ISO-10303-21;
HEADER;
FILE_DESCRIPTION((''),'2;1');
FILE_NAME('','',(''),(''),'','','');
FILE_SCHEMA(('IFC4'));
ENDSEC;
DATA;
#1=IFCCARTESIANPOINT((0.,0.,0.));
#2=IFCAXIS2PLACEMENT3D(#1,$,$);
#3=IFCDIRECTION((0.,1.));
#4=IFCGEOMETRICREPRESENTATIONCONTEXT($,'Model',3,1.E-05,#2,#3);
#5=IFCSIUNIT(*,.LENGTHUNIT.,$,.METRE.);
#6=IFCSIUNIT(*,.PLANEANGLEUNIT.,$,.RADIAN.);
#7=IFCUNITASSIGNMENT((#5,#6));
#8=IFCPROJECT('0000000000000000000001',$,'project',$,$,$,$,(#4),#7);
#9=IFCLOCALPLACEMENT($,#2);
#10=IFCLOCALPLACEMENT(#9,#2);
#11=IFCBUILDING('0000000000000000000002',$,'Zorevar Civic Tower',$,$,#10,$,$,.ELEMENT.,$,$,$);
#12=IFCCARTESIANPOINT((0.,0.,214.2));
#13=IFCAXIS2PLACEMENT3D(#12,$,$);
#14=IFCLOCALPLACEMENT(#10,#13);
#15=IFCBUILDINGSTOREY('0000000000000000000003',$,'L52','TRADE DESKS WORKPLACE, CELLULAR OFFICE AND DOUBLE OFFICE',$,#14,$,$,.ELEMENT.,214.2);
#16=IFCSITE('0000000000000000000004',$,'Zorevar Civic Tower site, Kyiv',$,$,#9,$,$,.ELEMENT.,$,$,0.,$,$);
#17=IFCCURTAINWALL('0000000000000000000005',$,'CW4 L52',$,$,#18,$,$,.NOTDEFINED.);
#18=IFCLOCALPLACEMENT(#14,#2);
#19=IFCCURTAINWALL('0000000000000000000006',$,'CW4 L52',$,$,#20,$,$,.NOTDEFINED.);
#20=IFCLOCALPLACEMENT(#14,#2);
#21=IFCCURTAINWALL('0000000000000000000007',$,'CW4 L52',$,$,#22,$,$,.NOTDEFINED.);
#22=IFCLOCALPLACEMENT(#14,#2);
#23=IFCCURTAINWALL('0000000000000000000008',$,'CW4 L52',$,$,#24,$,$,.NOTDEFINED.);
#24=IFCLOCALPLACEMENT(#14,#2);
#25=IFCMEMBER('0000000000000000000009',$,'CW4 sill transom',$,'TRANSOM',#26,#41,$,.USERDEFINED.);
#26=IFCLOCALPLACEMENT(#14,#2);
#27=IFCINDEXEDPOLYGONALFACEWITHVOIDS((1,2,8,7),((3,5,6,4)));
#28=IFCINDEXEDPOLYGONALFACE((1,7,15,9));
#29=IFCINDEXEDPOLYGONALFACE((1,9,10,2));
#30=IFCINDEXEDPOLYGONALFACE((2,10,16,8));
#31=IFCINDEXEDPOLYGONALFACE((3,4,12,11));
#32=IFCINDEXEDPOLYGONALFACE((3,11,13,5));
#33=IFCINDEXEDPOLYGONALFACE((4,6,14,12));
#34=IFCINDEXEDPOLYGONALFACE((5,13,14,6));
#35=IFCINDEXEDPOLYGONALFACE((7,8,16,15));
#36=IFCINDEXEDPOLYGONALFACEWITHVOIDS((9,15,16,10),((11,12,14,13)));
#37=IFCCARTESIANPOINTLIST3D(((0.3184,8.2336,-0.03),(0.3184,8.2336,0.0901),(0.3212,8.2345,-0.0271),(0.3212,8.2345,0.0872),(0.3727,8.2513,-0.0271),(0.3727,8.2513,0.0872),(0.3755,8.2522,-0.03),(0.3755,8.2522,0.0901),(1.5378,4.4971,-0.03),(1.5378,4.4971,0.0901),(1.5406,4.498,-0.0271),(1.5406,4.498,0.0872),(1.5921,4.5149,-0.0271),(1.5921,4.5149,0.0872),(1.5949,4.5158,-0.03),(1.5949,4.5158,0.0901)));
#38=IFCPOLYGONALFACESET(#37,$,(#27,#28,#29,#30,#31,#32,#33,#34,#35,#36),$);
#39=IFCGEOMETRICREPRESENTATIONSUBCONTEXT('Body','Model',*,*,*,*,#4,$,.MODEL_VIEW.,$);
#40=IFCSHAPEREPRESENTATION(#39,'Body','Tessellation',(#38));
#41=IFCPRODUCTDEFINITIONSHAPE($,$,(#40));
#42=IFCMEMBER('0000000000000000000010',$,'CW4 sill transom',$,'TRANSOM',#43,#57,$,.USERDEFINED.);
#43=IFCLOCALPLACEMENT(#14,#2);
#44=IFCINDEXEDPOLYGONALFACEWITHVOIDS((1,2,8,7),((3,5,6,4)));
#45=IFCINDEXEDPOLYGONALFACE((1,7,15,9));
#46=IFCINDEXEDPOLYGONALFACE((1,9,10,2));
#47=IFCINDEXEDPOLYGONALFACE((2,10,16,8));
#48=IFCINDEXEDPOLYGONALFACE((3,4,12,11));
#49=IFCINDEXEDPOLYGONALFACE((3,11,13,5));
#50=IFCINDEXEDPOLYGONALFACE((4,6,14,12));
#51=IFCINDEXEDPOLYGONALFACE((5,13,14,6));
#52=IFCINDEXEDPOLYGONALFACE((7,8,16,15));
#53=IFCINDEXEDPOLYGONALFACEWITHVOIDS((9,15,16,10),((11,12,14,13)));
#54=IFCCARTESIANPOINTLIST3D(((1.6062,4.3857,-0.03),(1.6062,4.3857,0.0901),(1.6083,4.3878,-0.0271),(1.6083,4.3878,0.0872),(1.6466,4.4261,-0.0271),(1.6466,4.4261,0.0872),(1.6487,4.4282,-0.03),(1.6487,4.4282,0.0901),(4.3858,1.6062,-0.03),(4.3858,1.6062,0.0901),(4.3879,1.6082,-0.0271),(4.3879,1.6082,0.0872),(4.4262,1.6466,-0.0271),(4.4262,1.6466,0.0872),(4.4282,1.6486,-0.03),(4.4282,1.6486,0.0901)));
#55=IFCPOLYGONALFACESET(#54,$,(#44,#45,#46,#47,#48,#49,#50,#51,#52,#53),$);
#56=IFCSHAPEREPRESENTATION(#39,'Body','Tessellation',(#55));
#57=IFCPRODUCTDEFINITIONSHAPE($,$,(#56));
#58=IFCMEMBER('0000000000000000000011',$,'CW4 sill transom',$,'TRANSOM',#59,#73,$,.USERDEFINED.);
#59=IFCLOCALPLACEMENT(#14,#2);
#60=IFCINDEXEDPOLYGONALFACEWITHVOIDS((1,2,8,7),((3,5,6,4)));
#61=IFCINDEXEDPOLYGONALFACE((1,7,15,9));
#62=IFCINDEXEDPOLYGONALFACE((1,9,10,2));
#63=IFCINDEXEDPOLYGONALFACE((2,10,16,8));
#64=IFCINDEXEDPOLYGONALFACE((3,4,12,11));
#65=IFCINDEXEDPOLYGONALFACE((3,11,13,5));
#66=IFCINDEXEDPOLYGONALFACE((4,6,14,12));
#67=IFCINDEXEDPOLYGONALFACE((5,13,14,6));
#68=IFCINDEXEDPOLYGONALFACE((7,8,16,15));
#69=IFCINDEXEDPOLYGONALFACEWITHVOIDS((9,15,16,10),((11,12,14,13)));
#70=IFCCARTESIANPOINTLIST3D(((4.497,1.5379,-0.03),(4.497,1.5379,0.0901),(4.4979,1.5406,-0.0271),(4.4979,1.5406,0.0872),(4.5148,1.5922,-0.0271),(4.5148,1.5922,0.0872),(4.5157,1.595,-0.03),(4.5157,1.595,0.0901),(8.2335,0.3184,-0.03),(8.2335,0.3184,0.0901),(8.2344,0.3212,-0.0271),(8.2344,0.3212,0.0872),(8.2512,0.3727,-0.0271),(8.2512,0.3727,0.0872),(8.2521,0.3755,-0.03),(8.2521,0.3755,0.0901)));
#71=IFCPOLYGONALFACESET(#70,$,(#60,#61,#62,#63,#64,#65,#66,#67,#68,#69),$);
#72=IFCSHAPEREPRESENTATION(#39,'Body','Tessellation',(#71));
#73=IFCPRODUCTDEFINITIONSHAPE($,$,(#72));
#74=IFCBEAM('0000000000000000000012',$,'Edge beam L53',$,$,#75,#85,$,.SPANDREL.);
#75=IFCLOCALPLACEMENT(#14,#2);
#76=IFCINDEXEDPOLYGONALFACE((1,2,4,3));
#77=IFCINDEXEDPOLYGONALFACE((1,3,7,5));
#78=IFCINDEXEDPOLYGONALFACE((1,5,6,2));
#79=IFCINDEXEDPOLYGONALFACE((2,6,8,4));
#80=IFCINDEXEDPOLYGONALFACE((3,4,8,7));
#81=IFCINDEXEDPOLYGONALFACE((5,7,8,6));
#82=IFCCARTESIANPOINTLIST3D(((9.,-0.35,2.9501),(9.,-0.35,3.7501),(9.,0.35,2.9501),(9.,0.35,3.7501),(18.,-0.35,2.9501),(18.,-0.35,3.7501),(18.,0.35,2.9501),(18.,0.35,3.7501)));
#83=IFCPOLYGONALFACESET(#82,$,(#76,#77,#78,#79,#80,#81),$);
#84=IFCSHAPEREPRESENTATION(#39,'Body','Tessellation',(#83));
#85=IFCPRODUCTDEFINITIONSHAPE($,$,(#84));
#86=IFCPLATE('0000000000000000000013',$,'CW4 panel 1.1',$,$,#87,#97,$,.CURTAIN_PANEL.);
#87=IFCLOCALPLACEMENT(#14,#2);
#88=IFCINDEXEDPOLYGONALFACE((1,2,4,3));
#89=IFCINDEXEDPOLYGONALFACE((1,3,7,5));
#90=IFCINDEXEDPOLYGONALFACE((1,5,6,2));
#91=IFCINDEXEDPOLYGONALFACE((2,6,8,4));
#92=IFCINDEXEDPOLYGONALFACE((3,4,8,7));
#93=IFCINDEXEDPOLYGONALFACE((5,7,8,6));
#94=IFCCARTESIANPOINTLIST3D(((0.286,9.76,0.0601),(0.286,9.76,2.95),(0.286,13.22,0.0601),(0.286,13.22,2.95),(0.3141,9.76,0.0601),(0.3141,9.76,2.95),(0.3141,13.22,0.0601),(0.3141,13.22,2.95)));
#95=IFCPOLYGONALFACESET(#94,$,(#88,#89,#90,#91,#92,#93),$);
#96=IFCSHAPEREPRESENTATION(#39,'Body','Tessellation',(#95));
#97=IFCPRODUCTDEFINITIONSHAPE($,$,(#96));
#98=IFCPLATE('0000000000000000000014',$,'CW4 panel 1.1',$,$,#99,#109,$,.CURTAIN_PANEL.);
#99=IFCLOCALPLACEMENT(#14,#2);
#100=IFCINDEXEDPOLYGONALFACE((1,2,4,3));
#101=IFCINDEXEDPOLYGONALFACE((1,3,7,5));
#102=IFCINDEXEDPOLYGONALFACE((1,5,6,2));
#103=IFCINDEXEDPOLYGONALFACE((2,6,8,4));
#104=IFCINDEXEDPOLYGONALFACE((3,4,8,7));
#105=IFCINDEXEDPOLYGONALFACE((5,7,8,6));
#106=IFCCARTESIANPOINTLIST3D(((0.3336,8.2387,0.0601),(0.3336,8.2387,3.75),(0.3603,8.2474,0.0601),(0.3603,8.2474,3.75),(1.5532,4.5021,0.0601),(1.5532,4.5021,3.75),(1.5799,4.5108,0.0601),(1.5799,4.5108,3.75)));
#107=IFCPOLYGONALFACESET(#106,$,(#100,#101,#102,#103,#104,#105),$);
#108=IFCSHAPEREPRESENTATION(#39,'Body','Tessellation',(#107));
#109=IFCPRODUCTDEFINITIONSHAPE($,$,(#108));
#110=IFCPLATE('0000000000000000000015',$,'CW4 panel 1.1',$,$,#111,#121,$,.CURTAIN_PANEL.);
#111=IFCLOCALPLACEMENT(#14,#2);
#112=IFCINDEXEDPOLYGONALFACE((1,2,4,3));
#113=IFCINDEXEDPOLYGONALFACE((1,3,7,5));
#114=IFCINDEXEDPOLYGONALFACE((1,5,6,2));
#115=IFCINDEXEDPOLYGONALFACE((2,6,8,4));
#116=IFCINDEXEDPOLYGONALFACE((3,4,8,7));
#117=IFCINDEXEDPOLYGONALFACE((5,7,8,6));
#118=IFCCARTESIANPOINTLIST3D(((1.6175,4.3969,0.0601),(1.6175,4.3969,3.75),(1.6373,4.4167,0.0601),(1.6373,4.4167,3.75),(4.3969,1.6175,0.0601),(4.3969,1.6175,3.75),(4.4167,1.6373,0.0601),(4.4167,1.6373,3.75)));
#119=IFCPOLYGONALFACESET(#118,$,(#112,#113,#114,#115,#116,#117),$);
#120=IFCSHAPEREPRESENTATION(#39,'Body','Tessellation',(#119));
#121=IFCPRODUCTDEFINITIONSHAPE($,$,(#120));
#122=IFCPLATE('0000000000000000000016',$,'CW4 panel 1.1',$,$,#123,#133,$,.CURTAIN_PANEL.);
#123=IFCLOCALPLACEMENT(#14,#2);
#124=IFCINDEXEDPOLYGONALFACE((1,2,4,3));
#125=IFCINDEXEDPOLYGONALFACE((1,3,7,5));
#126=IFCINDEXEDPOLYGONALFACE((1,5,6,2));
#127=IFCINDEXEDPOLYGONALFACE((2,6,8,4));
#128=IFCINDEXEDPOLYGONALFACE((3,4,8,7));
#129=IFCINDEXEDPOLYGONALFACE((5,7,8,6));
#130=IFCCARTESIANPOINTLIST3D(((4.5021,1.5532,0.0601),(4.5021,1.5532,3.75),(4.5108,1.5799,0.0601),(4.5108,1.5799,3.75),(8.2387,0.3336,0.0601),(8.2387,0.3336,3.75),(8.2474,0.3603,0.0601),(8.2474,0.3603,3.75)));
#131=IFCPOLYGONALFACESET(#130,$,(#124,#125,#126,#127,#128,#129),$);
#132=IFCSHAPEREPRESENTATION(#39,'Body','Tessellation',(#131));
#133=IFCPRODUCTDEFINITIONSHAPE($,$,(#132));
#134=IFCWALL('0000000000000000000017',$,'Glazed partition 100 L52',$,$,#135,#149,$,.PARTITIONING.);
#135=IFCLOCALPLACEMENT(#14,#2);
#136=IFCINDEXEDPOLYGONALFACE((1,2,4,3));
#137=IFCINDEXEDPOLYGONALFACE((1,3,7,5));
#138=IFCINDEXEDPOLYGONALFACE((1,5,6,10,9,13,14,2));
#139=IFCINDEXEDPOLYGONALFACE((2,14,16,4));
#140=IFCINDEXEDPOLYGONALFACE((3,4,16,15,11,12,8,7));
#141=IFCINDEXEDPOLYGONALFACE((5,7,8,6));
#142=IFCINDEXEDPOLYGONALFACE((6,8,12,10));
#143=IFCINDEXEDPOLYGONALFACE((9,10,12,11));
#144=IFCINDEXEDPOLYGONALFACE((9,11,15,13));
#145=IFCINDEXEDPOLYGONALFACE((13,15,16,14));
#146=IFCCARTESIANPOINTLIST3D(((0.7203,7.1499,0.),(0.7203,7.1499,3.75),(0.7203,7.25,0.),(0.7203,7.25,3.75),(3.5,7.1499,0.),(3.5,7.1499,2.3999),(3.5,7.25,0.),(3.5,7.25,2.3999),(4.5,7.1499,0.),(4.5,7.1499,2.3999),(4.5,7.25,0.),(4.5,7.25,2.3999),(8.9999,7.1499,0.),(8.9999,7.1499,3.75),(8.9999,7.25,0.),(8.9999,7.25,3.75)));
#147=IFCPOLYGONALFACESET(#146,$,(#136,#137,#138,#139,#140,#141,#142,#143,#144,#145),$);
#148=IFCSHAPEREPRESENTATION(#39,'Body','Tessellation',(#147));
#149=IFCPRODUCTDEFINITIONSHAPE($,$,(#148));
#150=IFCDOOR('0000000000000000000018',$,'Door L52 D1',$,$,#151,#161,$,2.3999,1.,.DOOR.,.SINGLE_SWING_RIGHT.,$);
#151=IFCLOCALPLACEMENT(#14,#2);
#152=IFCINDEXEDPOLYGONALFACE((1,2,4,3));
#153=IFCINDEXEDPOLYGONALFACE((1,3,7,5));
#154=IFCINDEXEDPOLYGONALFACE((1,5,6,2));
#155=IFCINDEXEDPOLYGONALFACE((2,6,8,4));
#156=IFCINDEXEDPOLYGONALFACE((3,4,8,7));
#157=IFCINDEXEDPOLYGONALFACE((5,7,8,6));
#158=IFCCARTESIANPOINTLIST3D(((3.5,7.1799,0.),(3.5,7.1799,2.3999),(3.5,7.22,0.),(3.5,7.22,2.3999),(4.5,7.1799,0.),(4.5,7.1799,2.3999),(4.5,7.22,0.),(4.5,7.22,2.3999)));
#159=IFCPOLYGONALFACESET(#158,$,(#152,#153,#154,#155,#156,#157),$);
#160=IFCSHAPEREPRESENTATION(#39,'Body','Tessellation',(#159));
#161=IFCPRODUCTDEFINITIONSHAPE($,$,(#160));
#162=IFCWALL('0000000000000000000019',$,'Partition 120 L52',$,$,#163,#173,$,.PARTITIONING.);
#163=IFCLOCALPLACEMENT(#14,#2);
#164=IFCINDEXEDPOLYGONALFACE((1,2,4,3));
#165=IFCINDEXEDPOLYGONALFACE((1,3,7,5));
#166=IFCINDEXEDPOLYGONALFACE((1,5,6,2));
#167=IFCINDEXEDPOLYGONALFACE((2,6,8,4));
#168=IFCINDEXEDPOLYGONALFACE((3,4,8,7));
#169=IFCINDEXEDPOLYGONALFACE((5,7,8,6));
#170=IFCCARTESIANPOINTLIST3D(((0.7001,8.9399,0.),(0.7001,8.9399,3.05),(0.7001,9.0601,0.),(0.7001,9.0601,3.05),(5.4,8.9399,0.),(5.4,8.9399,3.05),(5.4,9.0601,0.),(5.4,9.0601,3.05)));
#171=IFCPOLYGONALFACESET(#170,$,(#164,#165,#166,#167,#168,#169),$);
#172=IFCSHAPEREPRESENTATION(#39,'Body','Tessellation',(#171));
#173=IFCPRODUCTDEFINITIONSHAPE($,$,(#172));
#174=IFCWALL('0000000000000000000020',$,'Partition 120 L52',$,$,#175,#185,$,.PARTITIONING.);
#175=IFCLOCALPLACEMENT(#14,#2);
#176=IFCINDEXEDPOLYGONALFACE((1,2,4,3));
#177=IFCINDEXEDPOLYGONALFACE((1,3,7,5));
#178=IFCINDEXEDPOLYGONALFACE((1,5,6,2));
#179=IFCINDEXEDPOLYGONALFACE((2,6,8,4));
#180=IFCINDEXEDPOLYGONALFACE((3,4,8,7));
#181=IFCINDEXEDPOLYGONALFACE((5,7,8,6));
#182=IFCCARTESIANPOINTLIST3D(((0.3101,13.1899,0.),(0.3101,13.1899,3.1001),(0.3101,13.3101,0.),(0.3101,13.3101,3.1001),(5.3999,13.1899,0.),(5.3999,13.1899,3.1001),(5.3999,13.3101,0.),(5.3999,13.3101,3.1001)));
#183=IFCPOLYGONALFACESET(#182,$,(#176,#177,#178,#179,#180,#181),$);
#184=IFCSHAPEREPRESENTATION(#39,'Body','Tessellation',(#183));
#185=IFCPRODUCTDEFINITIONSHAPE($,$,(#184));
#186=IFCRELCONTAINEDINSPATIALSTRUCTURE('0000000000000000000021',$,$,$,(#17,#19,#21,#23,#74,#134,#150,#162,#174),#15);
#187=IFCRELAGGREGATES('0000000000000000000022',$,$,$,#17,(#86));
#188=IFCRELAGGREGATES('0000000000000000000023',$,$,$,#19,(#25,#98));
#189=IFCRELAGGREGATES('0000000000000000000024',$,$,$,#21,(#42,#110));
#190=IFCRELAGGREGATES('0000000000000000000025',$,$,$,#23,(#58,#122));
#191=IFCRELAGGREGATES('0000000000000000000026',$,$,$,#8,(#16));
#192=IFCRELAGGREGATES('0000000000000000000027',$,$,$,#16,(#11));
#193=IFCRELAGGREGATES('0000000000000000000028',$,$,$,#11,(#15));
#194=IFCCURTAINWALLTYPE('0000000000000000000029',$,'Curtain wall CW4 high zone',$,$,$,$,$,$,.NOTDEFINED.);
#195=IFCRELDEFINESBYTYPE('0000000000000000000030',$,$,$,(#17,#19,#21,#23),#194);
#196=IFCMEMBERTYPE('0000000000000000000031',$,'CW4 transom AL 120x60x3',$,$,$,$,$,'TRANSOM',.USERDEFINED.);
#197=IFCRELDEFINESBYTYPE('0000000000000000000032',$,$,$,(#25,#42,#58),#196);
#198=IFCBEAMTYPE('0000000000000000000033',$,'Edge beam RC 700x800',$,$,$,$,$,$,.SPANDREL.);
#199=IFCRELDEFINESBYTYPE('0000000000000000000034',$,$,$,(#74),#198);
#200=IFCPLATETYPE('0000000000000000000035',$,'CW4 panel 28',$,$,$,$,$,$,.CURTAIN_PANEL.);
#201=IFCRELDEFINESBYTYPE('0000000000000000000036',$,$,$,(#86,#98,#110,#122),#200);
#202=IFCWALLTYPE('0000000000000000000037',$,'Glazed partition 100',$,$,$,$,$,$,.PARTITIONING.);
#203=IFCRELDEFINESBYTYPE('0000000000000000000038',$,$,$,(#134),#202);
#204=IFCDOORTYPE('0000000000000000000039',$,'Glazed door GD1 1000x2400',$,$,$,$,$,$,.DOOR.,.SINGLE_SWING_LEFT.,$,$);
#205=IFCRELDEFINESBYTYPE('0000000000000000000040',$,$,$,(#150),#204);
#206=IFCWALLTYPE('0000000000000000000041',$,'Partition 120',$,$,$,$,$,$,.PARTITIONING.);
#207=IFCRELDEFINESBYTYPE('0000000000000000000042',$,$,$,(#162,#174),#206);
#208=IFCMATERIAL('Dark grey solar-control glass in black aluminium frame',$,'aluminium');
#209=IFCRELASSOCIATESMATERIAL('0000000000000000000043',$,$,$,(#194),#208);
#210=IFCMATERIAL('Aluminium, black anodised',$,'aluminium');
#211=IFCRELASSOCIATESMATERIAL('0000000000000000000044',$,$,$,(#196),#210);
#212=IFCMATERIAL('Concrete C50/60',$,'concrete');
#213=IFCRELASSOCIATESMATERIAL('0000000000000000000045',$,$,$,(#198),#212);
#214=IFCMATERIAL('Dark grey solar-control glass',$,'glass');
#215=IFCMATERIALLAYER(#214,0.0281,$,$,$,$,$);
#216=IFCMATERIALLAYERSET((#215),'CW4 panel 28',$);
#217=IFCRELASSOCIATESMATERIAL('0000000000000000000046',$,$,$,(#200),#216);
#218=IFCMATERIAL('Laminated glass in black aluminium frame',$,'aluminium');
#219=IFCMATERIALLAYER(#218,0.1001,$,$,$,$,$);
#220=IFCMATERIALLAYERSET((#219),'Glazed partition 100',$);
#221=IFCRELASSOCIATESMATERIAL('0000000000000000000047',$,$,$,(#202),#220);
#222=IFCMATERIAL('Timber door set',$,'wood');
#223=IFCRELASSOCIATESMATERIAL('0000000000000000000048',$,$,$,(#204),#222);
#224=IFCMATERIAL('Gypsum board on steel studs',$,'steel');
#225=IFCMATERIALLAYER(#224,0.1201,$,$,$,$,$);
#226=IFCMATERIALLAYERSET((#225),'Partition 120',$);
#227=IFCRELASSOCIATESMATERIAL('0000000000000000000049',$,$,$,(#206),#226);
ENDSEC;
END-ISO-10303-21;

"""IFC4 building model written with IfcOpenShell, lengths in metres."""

from ifc_helpers import new_model, si_unit, direction, frame, frame_2d, origin, origin_2d, place, context, subcontext, project, spatial, rectangle, hollow_rectangle, extrude, material, layer, layer_set, material_profile, profile_set, type_object, element, fill, aggregate, save


model = new_model("IFC4")

# Units and contexts
model_context = context("Model", 3, precision=1e-05, world=origin(), true_north=direction((0.0, 1.0)))
body_context = subcontext(model_context, "Body", "Model", "MODEL_VIEW")
ifc_project = project(units=[si_unit("LENGTHUNIT", "METRE"), si_unit("PLANEANGLEUNIT", "RADIAN")], contexts=[model_context])

# Site, building, storey
site_placement = place(None, origin())
site = spatial("IfcSite", under=ifc_project, at=site_placement, Name="Zorevar Civic Tower site, Kyiv", CompositionType="ELEMENT", RefElevation=0.0)
building_placement = place(site_placement, origin())
building = spatial("IfcBuilding", under=site, at=building_placement, Name="Zorevar Civic Tower", CompositionType="ELEMENT")
storey_placement = place(building_placement, frame((0.0, 0.0, 214.2)))
storey = spatial("IfcBuildingStorey", under=building, at=storey_placement, Name="L52", Description="TRADE DESKS WORKPLACE, CELLULAR OFFICE AND DOUBLE OFFICE", CompositionType="ELEMENT", Elevation=214.2)

# Curtain walls
ifc_material_1 = material(Name="Dark grey solar-control glass in black aluminium frame", Category="aluminium")
curtain_wall_type = type_object("IfcCurtainWallType", Name="Curtain wall CW4 high zone", PredefinedType="NOTDEFINED", material=ifc_material_1)
curtain_wall_1_placement = place(storey_placement, origin())
curtain_wall_1 = element("IfcCurtainWall", 1, at=curtain_wall_1_placement, inside=storey, type_object=curtain_wall_type, Name="CW4 L52", PredefinedType="NOTDEFINED")
curtain_wall_2_placement = place(storey_placement, origin())
curtain_wall_2 = element("IfcCurtainWall", 2, at=curtain_wall_2_placement, inside=storey, type_object=curtain_wall_type, Name="CW4 L52", PredefinedType="NOTDEFINED")
curtain_wall_3_placement = place(storey_placement, origin())
curtain_wall_3 = element("IfcCurtainWall", 3, at=curtain_wall_3_placement, inside=storey, type_object=curtain_wall_type, Name="CW4 L52", PredefinedType="NOTDEFINED")
curtain_wall_4_placement = place(storey_placement, origin())
curtain_wall_4 = element("IfcCurtainWall", 4, at=curtain_wall_4_placement, inside=storey, type_object=curtain_wall_type, Name="CW4 L52", PredefinedType="NOTDEFINED")

# Members
ifc_material_2 = material(Name="Aluminium, black anodised", Category="aluminium")
ifc_material_profile_1 = material_profile(ifc_material_2, hollow_rectangle(XDim=0.0601, YDim=0.1201, WallThickness=0.0029, at=origin_2d()), Name="AL 120x60x3")
ifc_profile_set_1 = profile_set([ifc_material_profile_1], Name="Aluminium, black anodised")
member_type_1 = type_object("IfcMemberType", Name="CW4 transom AL 120x60x3", ElementType="TRANSOM", PredefinedType="USERDEFINED", material=ifc_profile_set_1)
member_1_placement = place(storey_placement, frame((0.3469, 8.2429, 0.03), z_axis=(0.310259, -0.950652, 0.0), x_axis=(0.950652, 0.310259, 0.0)))
member_1 = element("IfcMember", 5, at=member_1_placement, type_object=member_type_1, Name="CW4 sill transom", ObjectType="TRANSOM", PredefinedType="USERDEFINED", context=body_context, shape_type="SweptSolid", body=[
    extrude(hollow_rectangle(XDim=0.0601, YDim=0.1201, WallThickness=0.0029, at=origin_2d()), origin(), (0.0, 0.0, 1.0), 3.9304),
])
member_2_placement = place(storey_placement, frame((1.6274, 4.407, 0.03), z_axis=(0.707107, -0.707107, 0.0), x_axis=(0.707107, 0.707107, 0.0)))
member_2 = element("IfcMember", 6, at=member_2_placement, type_object=member_type_1, Name="CW4 sill transom", ObjectType="TRANSOM", PredefinedType="USERDEFINED", context=body_context, shape_type="SweptSolid", body=[
    extrude(hollow_rectangle(XDim=0.0601, YDim=0.1201, WallThickness=0.0029, at=origin_2d()), origin(), (0.0, 0.0, 1.0), 3.9309),
])
member_3_placement = place(storey_placement, frame((4.5063, 1.5664, 0.03), z_axis=(0.950652, -0.310259, 0.0), x_axis=(0.310259, 0.950652, 0.0)))
member_3 = element("IfcMember", 7, at=member_3_placement, type_object=member_type_1, Name="CW4 sill transom", ObjectType="TRANSOM", PredefinedType="USERDEFINED", context=body_context, shape_type="SweptSolid", body=[
    extrude(hollow_rectangle(XDim=0.0601, YDim=0.1201, WallThickness=0.0029, at=origin_2d()), origin(), (0.0, 0.0, 1.0), 3.9304),
])

# Beam
ifc_material_3 = material(Name="Concrete C50/60", Category="concrete")
ifc_material_profile_2 = material_profile(ifc_material_3, rectangle(XDim=0.7, YDim=0.8, at=origin_2d()), Name="RC 700x800")
ifc_profile_set_2 = profile_set([ifc_material_profile_2], Name="Concrete C50/60")
beam_type_1 = type_object("IfcBeamType", Name="Edge beam RC 700x800", PredefinedType="SPANDREL", material=ifc_profile_set_2)
beam_1_placement = place(storey_placement, frame((9.0, 0.0, 3.3501), z_axis=(1.0, 0.0, 0.0), x_axis=(0.0, 1.0, 0.0)))
element("IfcBeam", 8, at=beam_1_placement, inside=storey, type_object=beam_type_1, Name="Edge beam L53", PredefinedType="SPANDREL", context=body_context, shape_type="SweptSolid", body=[
    extrude(rectangle(XDim=0.7, YDim=0.8, at=origin_2d()), origin(), (0.0, 0.0, 1.0), 9.0),
])

# Plates
ifc_material_4 = material(Name="Dark grey solar-control glass", Category="glass")
ifc_layer_1 = layer(ifc_material_4, 0.0281)
ifc_layer_set_1 = layer_set([ifc_layer_1], Name="CW4 panel 28")
plate_type = type_object("IfcPlateType", Name="CW4 panel 28", PredefinedType="CURTAIN_PANEL", material=ifc_layer_set_1)
plate_1_placement = place(storey_placement, frame((0.3, 11.49, 0.0601), z_axis=(0.0, 0.0, 1.0), x_axis=(0.0, 1.0, 0.0)))
plate_1 = element("IfcPlate", 9, at=plate_1_placement, type_object=plate_type, Name="CW4 panel 1.1", PredefinedType="CURTAIN_PANEL", context=body_context, shape_type="SweptSolid", body=[
    extrude(rectangle(XDim=3.46, YDim=0.0281, at=origin_2d()), origin(), (0.0, 0.0, 1.0), 2.8899),
])
aggregate(curtain_wall_1, [plate_1])
plate_2_placement = place(storey_placement, frame((0.9568, 6.3748, 0.0601), z_axis=(0.0, 0.0, 1.0), x_axis=(0.310281, -0.950645, 0.0)))
plate_2 = element("IfcPlate", 10, at=plate_2_placement, type_object=plate_type, Name="CW4 panel 1.1", PredefinedType="CURTAIN_PANEL", context=body_context, shape_type="SweptSolid", body=[
    extrude(rectangle(XDim=3.9307, YDim=0.0281, at=origin_2d()), origin(), (0.0, 0.0, 1.0), 3.6899),
])
aggregate(curtain_wall_2, [member_1, plate_2])
plate_3_placement = place(storey_placement, frame((3.0171, 3.0171, 0.0601), z_axis=(0.0, 0.0, 1.0), x_axis=(0.707107, -0.707107, 0.0)))
plate_3 = element("IfcPlate", 11, at=plate_3_placement, type_object=plate_type, Name="CW4 panel 1.1", PredefinedType="CURTAIN_PANEL", context=body_context, shape_type="SweptSolid", body=[
    extrude(rectangle(XDim=3.9307, YDim=0.0281, at=origin_2d()), origin(), (0.0, 0.0, 1.0), 3.6899),
])
aggregate(curtain_wall_3, [member_2, plate_3])
plate_4_placement = place(storey_placement, frame((6.3748, 0.9568, 0.0601), z_axis=(0.0, 0.0, 1.0), x_axis=(0.950645, -0.310281, 0.0)))
plate_4 = element("IfcPlate", 12, at=plate_4_placement, type_object=plate_type, Name="CW4 panel 1.1", PredefinedType="CURTAIN_PANEL", context=body_context, shape_type="SweptSolid", body=[
    extrude(rectangle(XDim=3.9307, YDim=0.0281, at=origin_2d()), origin(), (0.0, 0.0, 1.0), 3.6899),
])
aggregate(curtain_wall_4, [member_3, plate_4])

# Wall, opening, door
ifc_material_5 = material(Name="Laminated glass in black aluminium frame", Category="aluminium")
ifc_layer_2 = layer(ifc_material_5, 0.1001)
ifc_layer_set_2 = layer_set([ifc_layer_2], Name="Glazed partition 100")
wall_type_1 = type_object("IfcWallType", Name="Glazed partition 100", PredefinedType="PARTITIONING", material=ifc_layer_set_2)
wall_1_placement = place(storey_placement, frame((0.7205, 7.2, 0.0), z_axis=(0.0, 0.0, 1.0), x_axis=(1.0, 0.0, 0.0)))
wall_1 = element("IfcWall", 13, at=wall_1_placement, inside=storey, type_object=wall_type_1, Name="Glazed partition 100 L52", PredefinedType="PARTITIONING", context=body_context, shape_type="SweptSolid", body=[
    extrude(rectangle(XDim=8.2795, YDim=0.1001, at=frame_2d((4.1396, 0.0))), origin(), (0.0, 0.0, 1.0), 3.75),
])
opening_1_placement = place(wall_1_placement, frame((2.7795, 0.0, 0.0)))
opening_1 = element("IfcOpeningElement", 14, at=opening_1_placement, cuts=wall_1, PredefinedType="OPENING", context=body_context, shape_type="SweptSolid", body=[
    extrude(rectangle(XDim=1.0, YDim=2.3999, at=frame_2d((0.5, 1.2))), frame((0.0, 0.0601, 0.0), z_axis=(0.0, -1.0, 0.0), x_axis=(1.0, 0.0, 0.0)), (0.0, 0.0, 1.0), 0.1201),
])
ifc_material_6 = material(Name="Timber door set", Category="wood")
door_type_1 = type_object("IfcDoorType", Name="Glazed door GD1 1000x2400", OperationType="SINGLE_SWING_LEFT", PredefinedType="DOOR", material=ifc_material_6)
door_1_placement = place(opening_1_placement, origin())
door_1 = element("IfcDoor", 15, at=door_1_placement, inside=storey, type_object=door_type_1, Name="Door L52 D1", OperationType="SINGLE_SWING_RIGHT", OverallHeight=2.3999, OverallWidth=1.0, PredefinedType="DOOR", context=body_context, shape_type="SweptSolid", body=[
    extrude(rectangle(XDim=1.0, YDim=2.3999, at=frame_2d((0.5, 1.2))), frame((0.0, 0.02, 0.0), z_axis=(0.0, -1.0, 0.0), x_axis=(1.0, 0.0, 0.0)), (0.0, 0.0, 1.0), 0.04),
])
fill(opening_1, door_1)

# Walls
ifc_material_7 = material(Name="Gypsum board on steel studs", Category="steel")
ifc_layer_3 = layer(ifc_material_7, 0.1201)
ifc_layer_set_3 = layer_set([ifc_layer_3], Name="Partition 120")
wall_type_2 = type_object("IfcWallType", Name="Partition 120", PredefinedType="PARTITIONING", material=ifc_layer_set_3)
wall_2_placement = place(storey_placement, frame((0.7, 9.0, 0.0), z_axis=(0.0, 0.0, 1.0), x_axis=(1.0, 0.0, 0.0)))
element("IfcWall", 16, at=wall_2_placement, inside=storey, type_object=wall_type_2, Name="Partition 120 L52", PredefinedType="PARTITIONING", context=body_context, shape_type="SweptSolid", body=[
    extrude(rectangle(XDim=4.7, YDim=0.1201, at=frame_2d((2.3501, 0.0))), origin(), (0.0, 0.0, 1.0), 3.05),
])
wall_3_placement = place(storey_placement, frame((0.3101, 13.25, 0.0), z_axis=(0.0, 0.0, 1.0), x_axis=(1.0, 0.0, 0.0)))
element("IfcWall", 17, at=wall_3_placement, inside=storey, type_object=wall_type_2, Name="Partition 120 L52", PredefinedType="PARTITIONING", context=body_context, shape_type="SweptSolid", body=[
    extrude(rectangle(XDim=5.0898, YDim=0.1201, at=frame_2d((2.5449, 0.0))), origin(), (0.0, 0.0, 1.0), 3.1001),
])

save(model, "model.ifc")
